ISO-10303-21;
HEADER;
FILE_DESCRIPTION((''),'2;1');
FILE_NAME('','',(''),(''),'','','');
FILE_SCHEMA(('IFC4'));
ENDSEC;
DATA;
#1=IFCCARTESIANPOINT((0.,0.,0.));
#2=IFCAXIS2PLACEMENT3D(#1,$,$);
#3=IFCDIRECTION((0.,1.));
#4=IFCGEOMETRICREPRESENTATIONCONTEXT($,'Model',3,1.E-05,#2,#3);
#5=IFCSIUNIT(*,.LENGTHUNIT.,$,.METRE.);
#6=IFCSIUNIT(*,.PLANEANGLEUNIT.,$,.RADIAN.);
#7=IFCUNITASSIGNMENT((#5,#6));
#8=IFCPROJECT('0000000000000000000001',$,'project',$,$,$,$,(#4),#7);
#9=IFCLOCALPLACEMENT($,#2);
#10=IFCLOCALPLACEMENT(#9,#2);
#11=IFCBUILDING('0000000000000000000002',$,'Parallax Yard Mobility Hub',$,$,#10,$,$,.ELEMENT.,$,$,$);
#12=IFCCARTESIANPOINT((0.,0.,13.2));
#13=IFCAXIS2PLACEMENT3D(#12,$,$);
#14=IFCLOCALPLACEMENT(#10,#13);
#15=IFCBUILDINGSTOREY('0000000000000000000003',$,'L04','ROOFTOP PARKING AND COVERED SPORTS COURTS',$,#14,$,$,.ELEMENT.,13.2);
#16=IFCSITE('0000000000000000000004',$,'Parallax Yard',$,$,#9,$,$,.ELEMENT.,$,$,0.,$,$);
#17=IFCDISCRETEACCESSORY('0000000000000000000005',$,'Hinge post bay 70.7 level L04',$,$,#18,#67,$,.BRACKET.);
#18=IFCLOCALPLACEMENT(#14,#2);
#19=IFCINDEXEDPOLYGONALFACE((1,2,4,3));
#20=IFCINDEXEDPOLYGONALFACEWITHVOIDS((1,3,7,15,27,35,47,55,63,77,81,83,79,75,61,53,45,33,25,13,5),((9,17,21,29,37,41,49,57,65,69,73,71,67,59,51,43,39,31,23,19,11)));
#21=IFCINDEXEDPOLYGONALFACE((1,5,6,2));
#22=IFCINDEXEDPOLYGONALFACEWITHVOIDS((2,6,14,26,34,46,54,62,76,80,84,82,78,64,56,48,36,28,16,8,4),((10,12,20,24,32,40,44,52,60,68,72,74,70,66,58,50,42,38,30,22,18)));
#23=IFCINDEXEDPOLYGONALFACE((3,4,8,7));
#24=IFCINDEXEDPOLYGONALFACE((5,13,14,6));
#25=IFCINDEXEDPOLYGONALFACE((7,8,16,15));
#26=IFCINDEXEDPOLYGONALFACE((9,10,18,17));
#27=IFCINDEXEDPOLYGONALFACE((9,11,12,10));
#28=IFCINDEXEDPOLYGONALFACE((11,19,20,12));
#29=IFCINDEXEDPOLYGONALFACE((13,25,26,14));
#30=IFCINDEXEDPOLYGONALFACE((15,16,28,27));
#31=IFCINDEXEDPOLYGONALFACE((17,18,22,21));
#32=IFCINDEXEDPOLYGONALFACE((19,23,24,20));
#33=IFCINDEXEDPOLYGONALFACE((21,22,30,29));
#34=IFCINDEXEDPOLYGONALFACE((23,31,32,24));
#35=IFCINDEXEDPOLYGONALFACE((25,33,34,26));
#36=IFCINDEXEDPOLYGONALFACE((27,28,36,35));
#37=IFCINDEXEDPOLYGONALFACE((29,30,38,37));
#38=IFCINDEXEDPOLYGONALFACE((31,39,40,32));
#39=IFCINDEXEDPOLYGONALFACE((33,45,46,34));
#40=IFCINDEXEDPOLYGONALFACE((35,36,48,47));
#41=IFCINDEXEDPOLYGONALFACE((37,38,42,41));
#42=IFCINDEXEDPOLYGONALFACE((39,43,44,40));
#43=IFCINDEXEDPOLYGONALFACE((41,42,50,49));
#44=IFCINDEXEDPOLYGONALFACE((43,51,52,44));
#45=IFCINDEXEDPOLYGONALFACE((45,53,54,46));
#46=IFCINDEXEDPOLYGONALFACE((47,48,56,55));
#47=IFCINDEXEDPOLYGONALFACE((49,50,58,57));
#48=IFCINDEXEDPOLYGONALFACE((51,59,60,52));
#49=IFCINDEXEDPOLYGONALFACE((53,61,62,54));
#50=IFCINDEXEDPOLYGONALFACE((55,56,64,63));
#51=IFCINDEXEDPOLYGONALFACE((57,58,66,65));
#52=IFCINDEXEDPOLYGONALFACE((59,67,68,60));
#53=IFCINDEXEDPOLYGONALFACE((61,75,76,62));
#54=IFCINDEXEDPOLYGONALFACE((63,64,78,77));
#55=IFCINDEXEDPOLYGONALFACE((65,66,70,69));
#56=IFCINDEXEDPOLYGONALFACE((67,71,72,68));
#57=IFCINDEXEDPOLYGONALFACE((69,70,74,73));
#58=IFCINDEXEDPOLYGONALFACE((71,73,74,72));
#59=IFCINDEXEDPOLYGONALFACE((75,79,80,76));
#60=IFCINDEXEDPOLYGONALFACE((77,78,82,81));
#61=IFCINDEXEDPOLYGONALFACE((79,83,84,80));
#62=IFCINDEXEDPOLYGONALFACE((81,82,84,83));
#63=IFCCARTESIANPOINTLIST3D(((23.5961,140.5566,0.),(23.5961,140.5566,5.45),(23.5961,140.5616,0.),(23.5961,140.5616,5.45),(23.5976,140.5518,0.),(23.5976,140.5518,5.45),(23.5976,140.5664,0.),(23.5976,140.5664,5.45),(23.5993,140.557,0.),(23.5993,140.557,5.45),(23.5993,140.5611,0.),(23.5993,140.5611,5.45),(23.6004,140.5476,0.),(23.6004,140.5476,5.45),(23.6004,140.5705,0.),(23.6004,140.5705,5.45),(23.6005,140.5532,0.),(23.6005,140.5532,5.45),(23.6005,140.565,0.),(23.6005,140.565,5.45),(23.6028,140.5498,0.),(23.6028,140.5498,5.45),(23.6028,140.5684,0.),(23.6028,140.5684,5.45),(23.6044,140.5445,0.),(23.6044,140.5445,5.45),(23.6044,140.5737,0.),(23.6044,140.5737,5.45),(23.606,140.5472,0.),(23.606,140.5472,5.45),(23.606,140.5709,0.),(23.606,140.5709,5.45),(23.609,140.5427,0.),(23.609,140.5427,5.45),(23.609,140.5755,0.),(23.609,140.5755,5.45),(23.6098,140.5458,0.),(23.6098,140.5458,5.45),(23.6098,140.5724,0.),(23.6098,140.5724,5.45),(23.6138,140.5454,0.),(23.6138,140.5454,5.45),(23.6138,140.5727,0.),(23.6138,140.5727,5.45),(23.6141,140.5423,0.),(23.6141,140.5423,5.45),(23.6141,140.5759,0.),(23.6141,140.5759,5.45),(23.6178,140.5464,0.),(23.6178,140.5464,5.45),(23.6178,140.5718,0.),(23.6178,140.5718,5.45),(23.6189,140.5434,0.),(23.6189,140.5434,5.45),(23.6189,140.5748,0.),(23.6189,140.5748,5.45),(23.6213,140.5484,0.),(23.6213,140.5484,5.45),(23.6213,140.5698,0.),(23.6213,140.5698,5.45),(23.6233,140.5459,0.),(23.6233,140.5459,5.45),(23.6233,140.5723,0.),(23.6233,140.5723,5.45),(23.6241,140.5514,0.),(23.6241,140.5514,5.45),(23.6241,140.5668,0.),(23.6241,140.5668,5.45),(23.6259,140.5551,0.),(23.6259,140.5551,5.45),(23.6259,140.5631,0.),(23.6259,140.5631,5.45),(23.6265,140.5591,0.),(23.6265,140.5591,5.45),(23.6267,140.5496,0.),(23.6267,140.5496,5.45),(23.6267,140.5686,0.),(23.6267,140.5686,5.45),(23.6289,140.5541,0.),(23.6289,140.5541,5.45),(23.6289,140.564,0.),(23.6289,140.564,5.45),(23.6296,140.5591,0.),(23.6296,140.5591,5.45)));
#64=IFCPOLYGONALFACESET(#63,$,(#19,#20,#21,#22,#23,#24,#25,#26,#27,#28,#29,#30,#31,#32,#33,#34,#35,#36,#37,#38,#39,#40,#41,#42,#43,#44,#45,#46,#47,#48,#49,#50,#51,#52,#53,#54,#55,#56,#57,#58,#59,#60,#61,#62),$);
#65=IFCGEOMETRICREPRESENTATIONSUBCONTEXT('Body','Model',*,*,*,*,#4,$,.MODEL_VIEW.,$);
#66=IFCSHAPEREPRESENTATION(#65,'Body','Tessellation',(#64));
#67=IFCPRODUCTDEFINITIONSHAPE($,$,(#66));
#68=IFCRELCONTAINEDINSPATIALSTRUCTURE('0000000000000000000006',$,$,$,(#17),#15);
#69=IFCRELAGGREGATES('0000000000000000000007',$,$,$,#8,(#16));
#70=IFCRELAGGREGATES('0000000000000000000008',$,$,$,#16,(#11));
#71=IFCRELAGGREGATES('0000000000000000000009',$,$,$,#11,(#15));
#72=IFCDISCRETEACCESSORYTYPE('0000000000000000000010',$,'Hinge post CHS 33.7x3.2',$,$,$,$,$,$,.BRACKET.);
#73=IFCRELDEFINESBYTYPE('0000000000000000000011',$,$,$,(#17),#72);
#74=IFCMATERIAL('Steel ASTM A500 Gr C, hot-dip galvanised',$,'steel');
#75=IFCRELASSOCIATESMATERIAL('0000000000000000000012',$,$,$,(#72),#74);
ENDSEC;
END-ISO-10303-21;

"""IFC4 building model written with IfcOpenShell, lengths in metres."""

from ifc_helpers import new_model, si_unit, direction, frame, origin, origin_2d, place, context, subcontext, project, spatial, hollow_circle, extrude, material, material_profile, profile_set, type_object, element, save


model = new_model("IFC4")

# Units and contexts
model_context = context("Model", 3, precision=1e-05, world=origin(), true_north=direction((0.0, 1.0)))
body_context = subcontext(model_context, "Body", "Model", "MODEL_VIEW")
ifc_project = project(units=[si_unit("LENGTHUNIT", "METRE"), si_unit("PLANEANGLEUNIT", "RADIAN")], contexts=[model_context])

# Site, building, storey
site_placement = place(None, origin())
site = spatial("IfcSite", under=ifc_project, at=site_placement, Name="Parallax Yard", CompositionType="ELEMENT", RefElevation=0.0)
building_placement = place(site_placement, origin())
building = spatial("IfcBuilding", under=site, at=building_placement, Name="Parallax Yard Mobility Hub", CompositionType="ELEMENT")
storey_placement = place(building_placement, frame((0.0, 0.0, 13.2)))
storey = spatial("IfcBuildingStorey", under=building, at=storey_placement, Name="L04", Description="ROOFTOP PARKING AND COVERED SPORTS COURTS", CompositionType="ELEMENT", Elevation=13.2)

# Discrete accessory
ifc_material_1 = material(Name="Steel ASTM A500 Gr C, hot-dip galvanised", Category="steel")
ifc_material_profile_1 = material_profile(ifc_material_1, hollow_circle(Radius=0.0168, WallThickness=0.0032, at=origin_2d()), Name="CHS 33.7x3.2")
ifc_profile_set_1 = profile_set([ifc_material_profile_1], Name="Steel ASTM A500 Gr C, hot-dip galvanised")
discrete_accessory_type_1 = type_object("IfcDiscreteAccessoryType", Name="Hinge post CHS 33.7x3.2", PredefinedType="BRACKET", material=ifc_profile_set_1)
discrete_accessory_1_placement = place(storey_placement, frame((23.6128, 140.5591, 0.0), z_axis=(0.0, 0.0, 1.0), x_axis=(1.0, 0.0, 0.0)))
element("IfcDiscreteAccessory", 1, at=discrete_accessory_1_placement, inside=storey, type_object=discrete_accessory_type_1, Name="Hinge post bay 70.7 level L04", PredefinedType="BRACKET", context=body_context, shape_type="SweptSolid", body=[
    extrude(hollow_circle(Radius=0.0168, WallThickness=0.0032, at=origin_2d()), origin(), (0.0, 0.0, 1.0), 5.45),
])

save(model, "model.ifc")
